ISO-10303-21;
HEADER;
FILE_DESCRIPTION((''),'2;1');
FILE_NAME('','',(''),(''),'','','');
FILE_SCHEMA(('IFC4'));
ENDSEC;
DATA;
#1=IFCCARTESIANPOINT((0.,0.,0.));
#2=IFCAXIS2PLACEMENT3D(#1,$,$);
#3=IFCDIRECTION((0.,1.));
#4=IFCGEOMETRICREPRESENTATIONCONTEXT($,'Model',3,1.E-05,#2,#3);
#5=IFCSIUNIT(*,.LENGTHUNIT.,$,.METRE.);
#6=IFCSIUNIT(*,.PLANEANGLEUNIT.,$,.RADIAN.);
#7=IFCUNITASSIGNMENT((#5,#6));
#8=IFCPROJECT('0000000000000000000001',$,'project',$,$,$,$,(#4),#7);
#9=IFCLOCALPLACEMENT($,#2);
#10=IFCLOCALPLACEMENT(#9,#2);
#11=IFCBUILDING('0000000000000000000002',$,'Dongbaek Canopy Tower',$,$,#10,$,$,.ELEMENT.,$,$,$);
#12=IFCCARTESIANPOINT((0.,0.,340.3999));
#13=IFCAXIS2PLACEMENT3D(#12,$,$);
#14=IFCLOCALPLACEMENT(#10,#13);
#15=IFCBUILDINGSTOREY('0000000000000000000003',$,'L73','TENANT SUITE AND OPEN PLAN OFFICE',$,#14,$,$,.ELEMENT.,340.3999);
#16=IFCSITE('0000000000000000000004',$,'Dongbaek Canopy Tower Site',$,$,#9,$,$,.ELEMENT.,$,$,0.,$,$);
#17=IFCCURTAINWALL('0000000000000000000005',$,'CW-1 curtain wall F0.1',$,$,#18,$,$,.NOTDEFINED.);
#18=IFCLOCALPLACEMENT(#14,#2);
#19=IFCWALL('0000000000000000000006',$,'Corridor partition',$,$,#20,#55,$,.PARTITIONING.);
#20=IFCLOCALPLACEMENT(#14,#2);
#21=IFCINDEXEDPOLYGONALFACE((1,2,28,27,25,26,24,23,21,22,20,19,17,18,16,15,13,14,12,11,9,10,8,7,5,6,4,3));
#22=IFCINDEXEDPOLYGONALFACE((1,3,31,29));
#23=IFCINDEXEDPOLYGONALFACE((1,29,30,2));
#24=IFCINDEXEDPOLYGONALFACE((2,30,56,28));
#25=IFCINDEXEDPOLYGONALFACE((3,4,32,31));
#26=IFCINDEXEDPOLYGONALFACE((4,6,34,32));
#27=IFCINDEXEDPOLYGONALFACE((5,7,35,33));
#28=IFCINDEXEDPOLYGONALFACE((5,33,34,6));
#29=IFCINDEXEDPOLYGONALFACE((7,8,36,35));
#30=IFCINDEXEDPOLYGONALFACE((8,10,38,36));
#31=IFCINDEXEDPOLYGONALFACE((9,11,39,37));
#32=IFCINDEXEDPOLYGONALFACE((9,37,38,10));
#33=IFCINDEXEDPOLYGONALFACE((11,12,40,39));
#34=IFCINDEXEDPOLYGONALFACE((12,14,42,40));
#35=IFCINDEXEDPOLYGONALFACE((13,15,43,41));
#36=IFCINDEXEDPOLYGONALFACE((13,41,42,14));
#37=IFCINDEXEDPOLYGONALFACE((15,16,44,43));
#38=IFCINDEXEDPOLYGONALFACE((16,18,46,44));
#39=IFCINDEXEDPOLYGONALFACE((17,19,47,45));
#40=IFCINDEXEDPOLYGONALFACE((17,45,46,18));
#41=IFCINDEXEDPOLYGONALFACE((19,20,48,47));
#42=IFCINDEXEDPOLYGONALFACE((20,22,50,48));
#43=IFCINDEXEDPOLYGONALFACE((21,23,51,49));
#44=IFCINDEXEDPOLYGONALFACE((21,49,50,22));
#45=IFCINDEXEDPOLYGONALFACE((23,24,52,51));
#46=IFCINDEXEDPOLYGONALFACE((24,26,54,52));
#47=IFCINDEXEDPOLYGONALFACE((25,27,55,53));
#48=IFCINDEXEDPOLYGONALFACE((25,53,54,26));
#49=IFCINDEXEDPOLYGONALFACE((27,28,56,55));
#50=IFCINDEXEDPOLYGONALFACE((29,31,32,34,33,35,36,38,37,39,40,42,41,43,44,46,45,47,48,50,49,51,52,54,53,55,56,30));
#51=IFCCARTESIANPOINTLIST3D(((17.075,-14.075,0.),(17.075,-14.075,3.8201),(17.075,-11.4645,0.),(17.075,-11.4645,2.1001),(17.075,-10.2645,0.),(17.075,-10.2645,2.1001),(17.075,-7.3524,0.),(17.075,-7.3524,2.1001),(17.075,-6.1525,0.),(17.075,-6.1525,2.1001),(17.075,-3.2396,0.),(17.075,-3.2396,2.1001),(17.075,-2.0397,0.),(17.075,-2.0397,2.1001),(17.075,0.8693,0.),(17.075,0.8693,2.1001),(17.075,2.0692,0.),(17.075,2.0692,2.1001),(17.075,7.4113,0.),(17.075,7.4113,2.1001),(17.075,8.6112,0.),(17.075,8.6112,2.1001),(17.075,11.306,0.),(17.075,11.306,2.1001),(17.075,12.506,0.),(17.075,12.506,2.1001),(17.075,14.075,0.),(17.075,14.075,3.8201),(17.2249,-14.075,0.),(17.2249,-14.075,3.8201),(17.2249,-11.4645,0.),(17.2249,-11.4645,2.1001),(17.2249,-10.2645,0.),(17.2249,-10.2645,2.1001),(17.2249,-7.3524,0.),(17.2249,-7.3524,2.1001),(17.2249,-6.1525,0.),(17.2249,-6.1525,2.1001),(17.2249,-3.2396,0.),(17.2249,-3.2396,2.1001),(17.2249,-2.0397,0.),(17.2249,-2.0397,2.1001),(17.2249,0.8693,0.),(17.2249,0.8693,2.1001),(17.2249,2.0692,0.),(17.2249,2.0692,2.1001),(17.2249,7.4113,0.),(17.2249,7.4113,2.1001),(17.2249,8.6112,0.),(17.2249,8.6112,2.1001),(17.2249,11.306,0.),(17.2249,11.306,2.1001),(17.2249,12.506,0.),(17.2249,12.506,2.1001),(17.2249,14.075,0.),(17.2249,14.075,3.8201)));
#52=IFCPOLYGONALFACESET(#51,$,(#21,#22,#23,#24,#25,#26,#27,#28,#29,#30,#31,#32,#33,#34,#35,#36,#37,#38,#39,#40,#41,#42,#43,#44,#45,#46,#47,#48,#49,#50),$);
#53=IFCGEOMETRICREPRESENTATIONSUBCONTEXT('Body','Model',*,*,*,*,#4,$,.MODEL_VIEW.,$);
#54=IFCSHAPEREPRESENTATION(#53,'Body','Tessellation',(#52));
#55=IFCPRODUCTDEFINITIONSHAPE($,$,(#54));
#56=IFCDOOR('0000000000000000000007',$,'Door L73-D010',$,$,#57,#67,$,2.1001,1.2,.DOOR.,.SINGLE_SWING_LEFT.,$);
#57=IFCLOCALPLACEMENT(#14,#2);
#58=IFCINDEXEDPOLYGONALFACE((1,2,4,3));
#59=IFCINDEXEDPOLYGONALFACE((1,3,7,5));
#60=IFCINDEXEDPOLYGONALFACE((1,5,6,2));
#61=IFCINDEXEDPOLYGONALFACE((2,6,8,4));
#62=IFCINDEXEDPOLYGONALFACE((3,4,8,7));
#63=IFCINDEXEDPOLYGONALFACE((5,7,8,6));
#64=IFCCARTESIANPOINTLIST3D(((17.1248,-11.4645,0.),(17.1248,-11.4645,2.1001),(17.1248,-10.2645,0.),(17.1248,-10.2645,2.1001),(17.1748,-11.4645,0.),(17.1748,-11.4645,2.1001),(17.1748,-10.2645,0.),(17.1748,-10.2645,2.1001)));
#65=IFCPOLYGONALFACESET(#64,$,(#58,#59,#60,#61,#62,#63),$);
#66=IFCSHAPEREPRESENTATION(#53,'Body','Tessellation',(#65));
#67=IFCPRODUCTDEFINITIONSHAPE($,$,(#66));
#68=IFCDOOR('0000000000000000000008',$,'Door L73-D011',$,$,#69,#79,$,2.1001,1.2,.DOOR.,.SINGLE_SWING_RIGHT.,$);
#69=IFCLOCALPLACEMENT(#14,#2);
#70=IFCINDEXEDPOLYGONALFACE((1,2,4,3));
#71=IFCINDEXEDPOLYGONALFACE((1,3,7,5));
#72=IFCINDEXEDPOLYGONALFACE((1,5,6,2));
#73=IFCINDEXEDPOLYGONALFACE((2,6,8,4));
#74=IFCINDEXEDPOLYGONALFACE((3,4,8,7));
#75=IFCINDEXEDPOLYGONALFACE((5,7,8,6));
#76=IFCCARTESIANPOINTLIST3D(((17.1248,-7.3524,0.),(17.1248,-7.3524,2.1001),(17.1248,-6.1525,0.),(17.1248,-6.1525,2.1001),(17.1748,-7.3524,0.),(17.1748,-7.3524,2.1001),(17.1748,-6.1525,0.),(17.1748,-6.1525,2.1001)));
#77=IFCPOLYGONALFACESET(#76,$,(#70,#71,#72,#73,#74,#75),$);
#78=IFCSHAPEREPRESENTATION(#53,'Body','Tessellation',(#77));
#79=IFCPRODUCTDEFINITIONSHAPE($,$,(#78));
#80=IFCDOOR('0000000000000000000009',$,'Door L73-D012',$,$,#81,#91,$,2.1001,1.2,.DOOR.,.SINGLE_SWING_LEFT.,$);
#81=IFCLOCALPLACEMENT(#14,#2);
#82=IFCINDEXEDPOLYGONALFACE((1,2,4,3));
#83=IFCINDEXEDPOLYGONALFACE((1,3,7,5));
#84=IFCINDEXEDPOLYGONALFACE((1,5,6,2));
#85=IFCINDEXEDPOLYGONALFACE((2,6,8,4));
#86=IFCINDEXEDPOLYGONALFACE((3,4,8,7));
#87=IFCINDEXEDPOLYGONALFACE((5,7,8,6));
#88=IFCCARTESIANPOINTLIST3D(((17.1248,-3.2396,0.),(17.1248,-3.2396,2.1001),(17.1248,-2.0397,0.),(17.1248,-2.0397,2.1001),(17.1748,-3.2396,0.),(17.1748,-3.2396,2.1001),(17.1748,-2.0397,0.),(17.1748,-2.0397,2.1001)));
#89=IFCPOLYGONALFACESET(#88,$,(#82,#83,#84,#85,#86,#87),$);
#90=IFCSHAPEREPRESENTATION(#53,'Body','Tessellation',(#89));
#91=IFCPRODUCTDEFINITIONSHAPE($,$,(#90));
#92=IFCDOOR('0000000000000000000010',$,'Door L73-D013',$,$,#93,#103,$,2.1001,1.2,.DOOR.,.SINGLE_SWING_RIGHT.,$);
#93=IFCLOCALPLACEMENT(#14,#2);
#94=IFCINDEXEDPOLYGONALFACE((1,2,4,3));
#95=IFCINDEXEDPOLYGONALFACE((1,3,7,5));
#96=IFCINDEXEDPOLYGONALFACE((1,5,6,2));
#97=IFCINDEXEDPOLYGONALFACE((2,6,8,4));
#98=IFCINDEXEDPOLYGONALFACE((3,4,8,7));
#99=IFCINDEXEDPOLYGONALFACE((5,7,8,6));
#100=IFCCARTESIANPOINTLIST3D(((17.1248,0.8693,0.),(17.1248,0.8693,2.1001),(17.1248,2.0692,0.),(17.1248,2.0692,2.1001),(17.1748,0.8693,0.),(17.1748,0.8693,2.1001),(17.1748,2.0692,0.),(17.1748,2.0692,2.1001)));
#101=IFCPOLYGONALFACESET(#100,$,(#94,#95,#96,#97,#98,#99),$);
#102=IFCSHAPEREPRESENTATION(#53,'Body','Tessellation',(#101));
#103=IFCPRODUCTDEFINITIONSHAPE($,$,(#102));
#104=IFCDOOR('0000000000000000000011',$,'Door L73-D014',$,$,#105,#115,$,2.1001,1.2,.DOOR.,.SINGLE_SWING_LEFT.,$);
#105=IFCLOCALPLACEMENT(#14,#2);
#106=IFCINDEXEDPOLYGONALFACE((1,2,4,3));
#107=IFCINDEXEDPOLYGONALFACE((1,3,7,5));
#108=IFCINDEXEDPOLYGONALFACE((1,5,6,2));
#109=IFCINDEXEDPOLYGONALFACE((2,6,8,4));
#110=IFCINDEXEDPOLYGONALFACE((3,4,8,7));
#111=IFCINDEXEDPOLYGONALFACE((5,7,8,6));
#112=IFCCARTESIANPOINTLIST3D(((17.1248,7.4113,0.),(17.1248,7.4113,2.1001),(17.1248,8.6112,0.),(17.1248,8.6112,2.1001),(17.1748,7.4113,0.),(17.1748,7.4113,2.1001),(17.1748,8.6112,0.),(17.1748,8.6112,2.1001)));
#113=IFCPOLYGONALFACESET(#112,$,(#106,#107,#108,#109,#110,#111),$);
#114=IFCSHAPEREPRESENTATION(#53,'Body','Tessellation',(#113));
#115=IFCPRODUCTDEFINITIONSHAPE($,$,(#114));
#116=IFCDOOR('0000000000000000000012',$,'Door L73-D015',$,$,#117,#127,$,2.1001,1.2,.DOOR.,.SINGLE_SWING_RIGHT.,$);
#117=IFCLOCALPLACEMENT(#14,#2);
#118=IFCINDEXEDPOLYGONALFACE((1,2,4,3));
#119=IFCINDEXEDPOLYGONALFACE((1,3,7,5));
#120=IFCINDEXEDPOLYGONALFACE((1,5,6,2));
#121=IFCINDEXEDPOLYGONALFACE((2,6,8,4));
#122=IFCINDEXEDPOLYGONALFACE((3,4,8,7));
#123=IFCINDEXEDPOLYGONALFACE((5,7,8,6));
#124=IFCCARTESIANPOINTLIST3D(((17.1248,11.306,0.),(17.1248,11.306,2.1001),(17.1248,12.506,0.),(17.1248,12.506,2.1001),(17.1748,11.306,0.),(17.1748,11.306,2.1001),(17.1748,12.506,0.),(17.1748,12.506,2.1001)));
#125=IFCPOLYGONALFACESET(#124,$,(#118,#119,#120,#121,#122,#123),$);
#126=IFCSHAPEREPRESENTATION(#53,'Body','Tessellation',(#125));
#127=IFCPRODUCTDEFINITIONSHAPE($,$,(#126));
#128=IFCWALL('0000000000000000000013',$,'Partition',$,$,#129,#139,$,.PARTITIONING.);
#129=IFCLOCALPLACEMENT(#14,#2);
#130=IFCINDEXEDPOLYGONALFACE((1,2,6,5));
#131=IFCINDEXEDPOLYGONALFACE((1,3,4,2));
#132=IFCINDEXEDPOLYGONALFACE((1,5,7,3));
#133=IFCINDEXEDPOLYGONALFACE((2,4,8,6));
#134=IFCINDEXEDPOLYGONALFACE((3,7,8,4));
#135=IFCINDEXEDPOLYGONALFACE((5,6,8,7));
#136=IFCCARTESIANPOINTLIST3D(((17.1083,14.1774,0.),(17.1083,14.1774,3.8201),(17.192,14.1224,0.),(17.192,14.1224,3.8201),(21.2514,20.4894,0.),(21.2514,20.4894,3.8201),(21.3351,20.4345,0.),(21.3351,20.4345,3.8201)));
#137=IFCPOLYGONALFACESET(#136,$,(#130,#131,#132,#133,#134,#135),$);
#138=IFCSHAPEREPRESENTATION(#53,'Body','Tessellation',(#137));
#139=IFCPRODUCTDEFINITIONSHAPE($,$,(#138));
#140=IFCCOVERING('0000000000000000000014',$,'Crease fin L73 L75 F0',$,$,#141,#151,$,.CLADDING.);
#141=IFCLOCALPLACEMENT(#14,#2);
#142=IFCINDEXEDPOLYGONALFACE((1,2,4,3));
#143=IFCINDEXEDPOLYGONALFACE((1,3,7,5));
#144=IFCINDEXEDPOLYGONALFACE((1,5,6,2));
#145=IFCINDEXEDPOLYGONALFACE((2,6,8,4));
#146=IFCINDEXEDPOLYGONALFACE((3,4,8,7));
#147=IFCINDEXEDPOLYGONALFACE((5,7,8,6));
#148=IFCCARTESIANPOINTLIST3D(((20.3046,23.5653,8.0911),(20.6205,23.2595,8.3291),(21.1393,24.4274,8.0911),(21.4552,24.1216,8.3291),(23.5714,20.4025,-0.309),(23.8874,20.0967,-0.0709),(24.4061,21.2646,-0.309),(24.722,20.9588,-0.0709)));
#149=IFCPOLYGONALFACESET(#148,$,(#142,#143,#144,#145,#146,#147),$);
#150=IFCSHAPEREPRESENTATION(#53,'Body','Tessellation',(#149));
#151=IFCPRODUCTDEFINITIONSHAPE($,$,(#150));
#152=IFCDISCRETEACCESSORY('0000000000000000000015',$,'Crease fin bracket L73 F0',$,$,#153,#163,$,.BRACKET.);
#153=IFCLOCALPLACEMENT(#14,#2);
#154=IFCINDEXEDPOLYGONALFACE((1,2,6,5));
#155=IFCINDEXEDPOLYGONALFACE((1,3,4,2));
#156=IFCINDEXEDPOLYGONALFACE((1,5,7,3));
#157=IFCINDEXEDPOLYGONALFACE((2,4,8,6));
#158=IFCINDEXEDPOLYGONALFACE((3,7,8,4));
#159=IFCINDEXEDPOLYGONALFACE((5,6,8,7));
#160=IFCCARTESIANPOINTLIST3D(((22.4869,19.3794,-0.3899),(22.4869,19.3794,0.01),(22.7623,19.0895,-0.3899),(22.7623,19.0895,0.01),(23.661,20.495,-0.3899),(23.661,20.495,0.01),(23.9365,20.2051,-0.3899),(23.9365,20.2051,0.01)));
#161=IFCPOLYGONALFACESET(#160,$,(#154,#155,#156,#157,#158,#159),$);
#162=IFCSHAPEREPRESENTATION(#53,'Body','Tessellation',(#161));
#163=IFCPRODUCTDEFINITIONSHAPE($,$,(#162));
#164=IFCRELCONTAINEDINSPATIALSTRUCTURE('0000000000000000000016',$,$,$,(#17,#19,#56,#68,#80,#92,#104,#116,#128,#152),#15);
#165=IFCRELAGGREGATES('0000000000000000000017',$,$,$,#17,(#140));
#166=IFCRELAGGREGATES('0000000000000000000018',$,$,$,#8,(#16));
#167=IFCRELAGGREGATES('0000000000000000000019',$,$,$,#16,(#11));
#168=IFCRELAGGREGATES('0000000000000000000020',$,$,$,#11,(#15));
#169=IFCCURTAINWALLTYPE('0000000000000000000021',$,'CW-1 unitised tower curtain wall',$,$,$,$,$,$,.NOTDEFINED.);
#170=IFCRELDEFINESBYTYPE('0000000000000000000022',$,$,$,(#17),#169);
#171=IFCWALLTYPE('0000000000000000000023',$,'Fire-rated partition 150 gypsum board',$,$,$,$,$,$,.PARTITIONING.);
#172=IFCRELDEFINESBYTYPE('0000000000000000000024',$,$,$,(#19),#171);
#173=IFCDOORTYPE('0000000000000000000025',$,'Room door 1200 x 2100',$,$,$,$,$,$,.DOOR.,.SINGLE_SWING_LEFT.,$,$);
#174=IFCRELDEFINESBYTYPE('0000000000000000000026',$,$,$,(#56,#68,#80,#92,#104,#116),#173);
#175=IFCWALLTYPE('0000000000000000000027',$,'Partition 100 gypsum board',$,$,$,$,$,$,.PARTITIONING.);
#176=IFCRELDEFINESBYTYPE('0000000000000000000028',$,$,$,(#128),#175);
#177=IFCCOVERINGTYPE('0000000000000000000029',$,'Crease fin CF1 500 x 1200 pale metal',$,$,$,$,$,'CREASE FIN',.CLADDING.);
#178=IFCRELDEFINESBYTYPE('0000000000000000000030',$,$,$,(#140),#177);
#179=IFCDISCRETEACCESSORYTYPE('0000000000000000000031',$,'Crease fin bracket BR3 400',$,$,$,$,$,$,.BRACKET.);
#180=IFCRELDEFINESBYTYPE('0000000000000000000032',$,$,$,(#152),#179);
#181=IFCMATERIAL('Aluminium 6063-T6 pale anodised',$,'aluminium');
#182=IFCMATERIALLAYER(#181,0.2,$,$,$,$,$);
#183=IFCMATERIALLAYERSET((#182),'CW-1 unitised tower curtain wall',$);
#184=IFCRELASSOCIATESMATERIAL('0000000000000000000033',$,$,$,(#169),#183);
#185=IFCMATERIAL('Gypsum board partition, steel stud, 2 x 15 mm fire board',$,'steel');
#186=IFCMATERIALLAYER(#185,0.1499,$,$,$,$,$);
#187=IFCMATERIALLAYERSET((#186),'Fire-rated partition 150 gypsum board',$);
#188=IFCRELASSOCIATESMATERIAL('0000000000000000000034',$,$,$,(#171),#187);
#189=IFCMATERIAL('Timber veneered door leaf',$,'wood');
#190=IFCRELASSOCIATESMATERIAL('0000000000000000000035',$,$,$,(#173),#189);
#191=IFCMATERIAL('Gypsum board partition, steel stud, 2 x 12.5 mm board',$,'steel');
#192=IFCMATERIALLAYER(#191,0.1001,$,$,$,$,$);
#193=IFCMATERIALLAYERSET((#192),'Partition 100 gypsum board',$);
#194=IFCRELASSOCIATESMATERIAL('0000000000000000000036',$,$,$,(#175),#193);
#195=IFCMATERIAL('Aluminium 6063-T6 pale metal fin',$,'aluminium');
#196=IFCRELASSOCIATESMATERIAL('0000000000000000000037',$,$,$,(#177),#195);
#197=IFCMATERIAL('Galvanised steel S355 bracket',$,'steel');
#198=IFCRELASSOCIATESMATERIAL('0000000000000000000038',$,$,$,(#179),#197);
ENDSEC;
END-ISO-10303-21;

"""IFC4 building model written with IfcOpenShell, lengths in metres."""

from ifc_helpers import new_model, si_unit, direction, frame, frame_2d, origin, origin_2d, place, context, subcontext, project, spatial, rectangle, extrude, material, layer, layer_set, material_profile, profile_set, type_object, element, fill, aggregate, save


model = new_model("IFC4")

# Units and contexts
model_context = context("Model", 3, precision=1e-05, world=origin(), true_north=direction((0.0, 1.0)))
body_context = subcontext(model_context, "Body", "Model", "MODEL_VIEW")
ifc_project = project(units=[si_unit("LENGTHUNIT", "METRE"), si_unit("PLANEANGLEUNIT", "RADIAN")], contexts=[model_context])

# Site, building, storey
site_placement = place(None, origin())
site = spatial("IfcSite", under=ifc_project, at=site_placement, Name="Dongbaek Canopy Tower Site", CompositionType="ELEMENT", RefElevation=0.0)
building_placement = place(site_placement, origin())
building = spatial("IfcBuilding", under=site, at=building_placement, Name="Dongbaek Canopy Tower", CompositionType="ELEMENT")
storey_placement = place(building_placement, frame((0.0, 0.0, 340.3999)))
storey = spatial("IfcBuildingStorey", under=building, at=storey_placement, Name="L73", Description="TENANT SUITE AND OPEN PLAN OFFICE", CompositionType="ELEMENT", Elevation=340.3999)

# Curtain wall
ifc_material_1 = material(Name="Aluminium 6063-T6 pale anodised", Category="aluminium")
ifc_layer_1 = layer(ifc_material_1, 0.2)
ifc_layer_set_1 = layer_set([ifc_layer_1], Name="CW-1 unitised tower curtain wall")
curtain_wall_type = type_object("IfcCurtainWallType", Name="CW-1 unitised tower curtain wall", PredefinedType="NOTDEFINED", material=ifc_layer_set_1)
curtain_wall_placement = place(storey_placement, origin())
curtain_wall = element("IfcCurtainWall", 1, at=curtain_wall_placement, inside=storey, type_object=curtain_wall_type, Name="CW-1 curtain wall F0.1", PredefinedType="NOTDEFINED")

# Wall, openings, doors
ifc_material_2 = material(Name="Gypsum board partition, steel stud, 2 x 15 mm fire board", Category="steel")
ifc_layer_2 = layer(ifc_material_2, 0.1499)
ifc_layer_set_2 = layer_set([ifc_layer_2], Name="Fire-rated partition 150 gypsum board")
wall_type_1 = type_object("IfcWallType", Name="Fire-rated partition 150 gypsum board", PredefinedType="PARTITIONING", material=ifc_layer_set_2)
wall_1_placement = place(storey_placement, frame((17.1499, 14.075, 0.0), z_axis=(0.0, 0.0, 1.0), x_axis=(0.0, -1.0, 0.0)))
wall_1 = element("IfcWall", 2, at=wall_1_placement, inside=storey, type_object=wall_type_1, Name="Corridor partition", PredefinedType="PARTITIONING", context=body_context, shape_type="SweptSolid", body=[
    extrude(rectangle(XDim=28.1499, YDim=0.1499, at=frame_2d((14.075, 0.0))), origin(), (0.0, 0.0, 1.0), 3.8201),
])
opening_1_placement = place(wall_1_placement, frame((24.3394, 0.0, 0.0)))
opening_1 = element("IfcOpeningElement", 3, at=opening_1_placement, cuts=wall_1, PredefinedType="OPENING", context=body_context, shape_type="SweptSolid", body=[
    extrude(rectangle(XDim=1.2, YDim=2.1001, at=frame_2d((0.6001, 1.05))), frame((0.0, 0.085, 0.0), z_axis=(0.0, -1.0, 0.0), x_axis=(1.0, 0.0, 0.0)), (0.0, 0.0, 1.0), 0.1699),
])
opening_2_placement = place(wall_1_placement, frame((20.2273, 0.0, 0.0)))
opening_2 = element("IfcOpeningElement", 4, at=opening_2_placement, cuts=wall_1, PredefinedType="OPENING", context=body_context, shape_type="SweptSolid", body=[
    extrude(rectangle(XDim=1.2, YDim=2.1001, at=frame_2d((0.6001, 1.05))), frame((0.0, 0.085, 0.0), z_axis=(0.0, -1.0, 0.0), x_axis=(1.0, 0.0, 0.0)), (0.0, 0.0, 1.0), 0.1699),
])
opening_3_placement = place(wall_1_placement, frame((16.1145, 0.0, 0.0)))
opening_3 = element("IfcOpeningElement", 5, at=opening_3_placement, cuts=wall_1, PredefinedType="OPENING", context=body_context, shape_type="SweptSolid", body=[
    extrude(rectangle(XDim=1.2, YDim=2.1001, at=frame_2d((0.6001, 1.05))), frame((0.0, 0.085, 0.0), z_axis=(0.0, -1.0, 0.0), x_axis=(1.0, 0.0, 0.0)), (0.0, 0.0, 1.0), 0.1699),
])
opening_4_placement = place(wall_1_placement, frame((12.0056, 0.0, 0.0)))
opening_4 = element("IfcOpeningElement", 6, at=opening_4_placement, cuts=wall_1, PredefinedType="OPENING", context=body_context, shape_type="SweptSolid", body=[
    extrude(rectangle(XDim=1.2, YDim=2.1001, at=frame_2d((0.6001, 1.05))), frame((0.0, 0.085, 0.0), z_axis=(0.0, -1.0, 0.0), x_axis=(1.0, 0.0, 0.0)), (0.0, 0.0, 1.0), 0.1699),
])
opening_5_placement = place(wall_1_placement, frame((5.4636, 0.0, 0.0)))
opening_5 = element("IfcOpeningElement", 7, at=opening_5_placement, cuts=wall_1, PredefinedType="OPENING", context=body_context, shape_type="SweptSolid", body=[
    extrude(rectangle(XDim=1.2, YDim=2.1001, at=frame_2d((0.6001, 1.05))), frame((0.0, 0.085, 0.0), z_axis=(0.0, -1.0, 0.0), x_axis=(1.0, 0.0, 0.0)), (0.0, 0.0, 1.0), 0.1699),
])
opening_6_placement = place(wall_1_placement, frame((1.5688, 0.0, 0.0)))
opening_6 = element("IfcOpeningElement", 8, at=opening_6_placement, cuts=wall_1, PredefinedType="OPENING", context=body_context, shape_type="SweptSolid", body=[
    extrude(rectangle(XDim=1.2, YDim=2.1001, at=frame_2d((0.6001, 1.05))), frame((0.0, 0.085, 0.0), z_axis=(0.0, -1.0, 0.0), x_axis=(1.0, 0.0, 0.0)), (0.0, 0.0, 1.0), 0.1699),
])
ifc_material_3 = material(Name="Timber veneered door leaf", Category="wood")
door_type_1 = type_object("IfcDoorType", Name="Room door 1200 x 2100", OperationType="SINGLE_SWING_LEFT", PredefinedType="DOOR", material=ifc_material_3)
door_1_placement = place(opening_1_placement, origin())
door_1 = element("IfcDoor", 9, at=door_1_placement, inside=storey, type_object=door_type_1, Name="Door L73-D010", OperationType="SINGLE_SWING_LEFT", OverallHeight=2.1001, OverallWidth=1.2, PredefinedType="DOOR", context=body_context, shape_type="SweptSolid", body=[
    extrude(rectangle(XDim=1.2, YDim=2.1001, at=frame_2d((0.6001, 1.05))), frame((0.0, 0.0249, 0.0), z_axis=(0.0, -1.0, 0.0), x_axis=(1.0, 0.0, 0.0)), (0.0, 0.0, 1.0), 0.05),
])
fill(opening_1, door_1)
door_2_placement = place(opening_2_placement, origin())
door_2 = element("IfcDoor", 10, at=door_2_placement, inside=storey, type_object=door_type_1, Name="Door L73-D011", OperationType="SINGLE_SWING_RIGHT", OverallHeight=2.1001, OverallWidth=1.2, PredefinedType="DOOR", context=body_context, shape_type="SweptSolid", body=[
    extrude(rectangle(XDim=1.2, YDim=2.1001, at=frame_2d((0.6001, 1.05))), frame((0.0, 0.0249, 0.0), z_axis=(0.0, -1.0, 0.0), x_axis=(1.0, 0.0, 0.0)), (0.0, 0.0, 1.0), 0.05),
])
fill(opening_2, door_2)
door_3_placement = place(opening_3_placement, origin())
door_3 = element("IfcDoor", 11, at=door_3_placement, inside=storey, type_object=door_type_1, Name="Door L73-D012", OperationType="SINGLE_SWING_LEFT", OverallHeight=2.1001, OverallWidth=1.2, PredefinedType="DOOR", context=body_context, shape_type="SweptSolid", body=[
    extrude(rectangle(XDim=1.2, YDim=2.1001, at=frame_2d((0.6001, 1.05))), frame((0.0, 0.0249, 0.0), z_axis=(0.0, -1.0, 0.0), x_axis=(1.0, 0.0, 0.0)), (0.0, 0.0, 1.0), 0.05),
])
fill(opening_3, door_3)
door_4_placement = place(opening_4_placement, origin())
door_4 = element("IfcDoor", 12, at=door_4_placement, inside=storey, type_object=door_type_1, Name="Door L73-D013", OperationType="SINGLE_SWING_RIGHT", OverallHeight=2.1001, OverallWidth=1.2, PredefinedType="DOOR", context=body_context, shape_type="SweptSolid", body=[
    extrude(rectangle(XDim=1.2, YDim=2.1001, at=frame_2d((0.6001, 1.05))), frame((0.0, 0.0249, 0.0), z_axis=(0.0, -1.0, 0.0), x_axis=(1.0, 0.0, 0.0)), (0.0, 0.0, 1.0), 0.05),
])
fill(opening_4, door_4)
door_5_placement = place(opening_5_placement, origin())
door_5 = element("IfcDoor", 13, at=door_5_placement, inside=storey, type_object=door_type_1, Name="Door L73-D014", OperationType="SINGLE_SWING_LEFT", OverallHeight=2.1001, OverallWidth=1.2, PredefinedType="DOOR", context=body_context, shape_type="SweptSolid", body=[
    extrude(rectangle(XDim=1.2, YDim=2.1001, at=frame_2d((0.6001, 1.05))), frame((0.0, 0.0249, 0.0), z_axis=(0.0, -1.0, 0.0), x_axis=(1.0, 0.0, 0.0)), (0.0, 0.0, 1.0), 0.05),
])
fill(opening_5, door_5)
door_6_placement = place(opening_6_placement, origin())
door_6 = element("IfcDoor", 14, at=door_6_placement, inside=storey, type_object=door_type_1, Name="Door L73-D015", OperationType="SINGLE_SWING_RIGHT", OverallHeight=2.1001, OverallWidth=1.2, PredefinedType="DOOR", context=body_context, shape_type="SweptSolid", body=[
    extrude(rectangle(XDim=1.2, YDim=2.1001, at=frame_2d((0.6001, 1.05))), frame((0.0, 0.0249, 0.0), z_axis=(0.0, -1.0, 0.0), x_axis=(1.0, 0.0, 0.0)), (0.0, 0.0, 1.0), 0.05),
])
fill(opening_6, door_6)

# Wall
ifc_material_4 = material(Name="Gypsum board partition, steel stud, 2 x 12.5 mm board", Category="steel")
ifc_layer_3 = layer(ifc_material_4, 0.1001)
ifc_layer_set_3 = layer_set([ifc_layer_3], Name="Partition 100 gypsum board")
wall_type_2 = type_object("IfcWallType", Name="Partition 100 gypsum board", PredefinedType="PARTITIONING", material=ifc_layer_set_3)
wall_2_placement = place(storey_placement, frame((17.1501, 14.1499, 0.0), z_axis=(0.0, 0.0, 1.0), x_axis=(0.548731, 0.835999, 0.0)))
element("IfcWall", 15, at=wall_2_placement, inside=storey, type_object=wall_type_2, Name="Partition", PredefinedType="PARTITIONING", context=body_context, shape_type="SweptSolid", body=[
    extrude(rectangle(XDim=7.5503, YDim=0.1001, at=frame_2d((3.7751, 0.0))), origin(), (0.0, 0.0, 1.0), 3.8201),
])

# Covering
ifc_material_5 = material(Name="Aluminium 6063-T6 pale metal fin", Category="aluminium")
ifc_material_profile_1 = material_profile(ifc_material_5, rectangle(XDim=1.2, YDim=0.5, at=origin_2d()), Name="Crease fin CF1 500 x 1200 pale metal")
ifc_profile_set_1 = profile_set([ifc_material_profile_1], Name="Aluminium 6063-T6 pale metal fin")
covering_type = type_object("IfcCoveringType", Name="Crease fin CF1 500 x 1200 pale metal", ElementType="CREASE FIN", PredefinedType="CLADDING", material=ifc_profile_set_1)
covering_placement = place(storey_placement, frame((24.1467, 20.6807, -0.1899), z_axis=(-0.342011, 0.331123, 0.879424), x_axis=(-0.695578, -0.718451, 0.0)))
covering = element("IfcCovering", 16, at=covering_placement, type_object=covering_type, Name="Crease fin L73 L75 F0", PredefinedType="CLADDING", context=body_context, shape_type="SweptSolid", body=[
    extrude(rectangle(XDim=1.2, YDim=0.5, at=origin_2d()), origin(), (0.0, 0.0, 1.0), 9.5518),
])
aggregate(curtain_wall, [covering])

# Discrete accessory
ifc_material_6 = material(Name="Galvanised steel S355 bracket", Category="steel")
discrete_accessory_type = type_object("IfcDiscreteAccessoryType", Name="Crease fin bracket BR3 400", PredefinedType="BRACKET", material=ifc_material_6)
discrete_accessory_placement = place(storey_placement, frame((23.2117, 19.7922, -0.3899), z_axis=(0.0, 0.0, 1.0), x_axis=(0.724939, 0.688813, 0.0)))
element("IfcDiscreteAccessory", 17, at=discrete_accessory_placement, inside=storey, type_object=discrete_accessory_type, Name="Crease fin bracket L73 F0", PredefinedType="BRACKET", context=body_context, shape_type="SweptSolid", body=[
    extrude(rectangle(XDim=1.6196, YDim=0.3999, at=origin_2d()), origin(), (0.0, 0.0, 1.0), 0.3999),
])

save(model, "model.ifc")
